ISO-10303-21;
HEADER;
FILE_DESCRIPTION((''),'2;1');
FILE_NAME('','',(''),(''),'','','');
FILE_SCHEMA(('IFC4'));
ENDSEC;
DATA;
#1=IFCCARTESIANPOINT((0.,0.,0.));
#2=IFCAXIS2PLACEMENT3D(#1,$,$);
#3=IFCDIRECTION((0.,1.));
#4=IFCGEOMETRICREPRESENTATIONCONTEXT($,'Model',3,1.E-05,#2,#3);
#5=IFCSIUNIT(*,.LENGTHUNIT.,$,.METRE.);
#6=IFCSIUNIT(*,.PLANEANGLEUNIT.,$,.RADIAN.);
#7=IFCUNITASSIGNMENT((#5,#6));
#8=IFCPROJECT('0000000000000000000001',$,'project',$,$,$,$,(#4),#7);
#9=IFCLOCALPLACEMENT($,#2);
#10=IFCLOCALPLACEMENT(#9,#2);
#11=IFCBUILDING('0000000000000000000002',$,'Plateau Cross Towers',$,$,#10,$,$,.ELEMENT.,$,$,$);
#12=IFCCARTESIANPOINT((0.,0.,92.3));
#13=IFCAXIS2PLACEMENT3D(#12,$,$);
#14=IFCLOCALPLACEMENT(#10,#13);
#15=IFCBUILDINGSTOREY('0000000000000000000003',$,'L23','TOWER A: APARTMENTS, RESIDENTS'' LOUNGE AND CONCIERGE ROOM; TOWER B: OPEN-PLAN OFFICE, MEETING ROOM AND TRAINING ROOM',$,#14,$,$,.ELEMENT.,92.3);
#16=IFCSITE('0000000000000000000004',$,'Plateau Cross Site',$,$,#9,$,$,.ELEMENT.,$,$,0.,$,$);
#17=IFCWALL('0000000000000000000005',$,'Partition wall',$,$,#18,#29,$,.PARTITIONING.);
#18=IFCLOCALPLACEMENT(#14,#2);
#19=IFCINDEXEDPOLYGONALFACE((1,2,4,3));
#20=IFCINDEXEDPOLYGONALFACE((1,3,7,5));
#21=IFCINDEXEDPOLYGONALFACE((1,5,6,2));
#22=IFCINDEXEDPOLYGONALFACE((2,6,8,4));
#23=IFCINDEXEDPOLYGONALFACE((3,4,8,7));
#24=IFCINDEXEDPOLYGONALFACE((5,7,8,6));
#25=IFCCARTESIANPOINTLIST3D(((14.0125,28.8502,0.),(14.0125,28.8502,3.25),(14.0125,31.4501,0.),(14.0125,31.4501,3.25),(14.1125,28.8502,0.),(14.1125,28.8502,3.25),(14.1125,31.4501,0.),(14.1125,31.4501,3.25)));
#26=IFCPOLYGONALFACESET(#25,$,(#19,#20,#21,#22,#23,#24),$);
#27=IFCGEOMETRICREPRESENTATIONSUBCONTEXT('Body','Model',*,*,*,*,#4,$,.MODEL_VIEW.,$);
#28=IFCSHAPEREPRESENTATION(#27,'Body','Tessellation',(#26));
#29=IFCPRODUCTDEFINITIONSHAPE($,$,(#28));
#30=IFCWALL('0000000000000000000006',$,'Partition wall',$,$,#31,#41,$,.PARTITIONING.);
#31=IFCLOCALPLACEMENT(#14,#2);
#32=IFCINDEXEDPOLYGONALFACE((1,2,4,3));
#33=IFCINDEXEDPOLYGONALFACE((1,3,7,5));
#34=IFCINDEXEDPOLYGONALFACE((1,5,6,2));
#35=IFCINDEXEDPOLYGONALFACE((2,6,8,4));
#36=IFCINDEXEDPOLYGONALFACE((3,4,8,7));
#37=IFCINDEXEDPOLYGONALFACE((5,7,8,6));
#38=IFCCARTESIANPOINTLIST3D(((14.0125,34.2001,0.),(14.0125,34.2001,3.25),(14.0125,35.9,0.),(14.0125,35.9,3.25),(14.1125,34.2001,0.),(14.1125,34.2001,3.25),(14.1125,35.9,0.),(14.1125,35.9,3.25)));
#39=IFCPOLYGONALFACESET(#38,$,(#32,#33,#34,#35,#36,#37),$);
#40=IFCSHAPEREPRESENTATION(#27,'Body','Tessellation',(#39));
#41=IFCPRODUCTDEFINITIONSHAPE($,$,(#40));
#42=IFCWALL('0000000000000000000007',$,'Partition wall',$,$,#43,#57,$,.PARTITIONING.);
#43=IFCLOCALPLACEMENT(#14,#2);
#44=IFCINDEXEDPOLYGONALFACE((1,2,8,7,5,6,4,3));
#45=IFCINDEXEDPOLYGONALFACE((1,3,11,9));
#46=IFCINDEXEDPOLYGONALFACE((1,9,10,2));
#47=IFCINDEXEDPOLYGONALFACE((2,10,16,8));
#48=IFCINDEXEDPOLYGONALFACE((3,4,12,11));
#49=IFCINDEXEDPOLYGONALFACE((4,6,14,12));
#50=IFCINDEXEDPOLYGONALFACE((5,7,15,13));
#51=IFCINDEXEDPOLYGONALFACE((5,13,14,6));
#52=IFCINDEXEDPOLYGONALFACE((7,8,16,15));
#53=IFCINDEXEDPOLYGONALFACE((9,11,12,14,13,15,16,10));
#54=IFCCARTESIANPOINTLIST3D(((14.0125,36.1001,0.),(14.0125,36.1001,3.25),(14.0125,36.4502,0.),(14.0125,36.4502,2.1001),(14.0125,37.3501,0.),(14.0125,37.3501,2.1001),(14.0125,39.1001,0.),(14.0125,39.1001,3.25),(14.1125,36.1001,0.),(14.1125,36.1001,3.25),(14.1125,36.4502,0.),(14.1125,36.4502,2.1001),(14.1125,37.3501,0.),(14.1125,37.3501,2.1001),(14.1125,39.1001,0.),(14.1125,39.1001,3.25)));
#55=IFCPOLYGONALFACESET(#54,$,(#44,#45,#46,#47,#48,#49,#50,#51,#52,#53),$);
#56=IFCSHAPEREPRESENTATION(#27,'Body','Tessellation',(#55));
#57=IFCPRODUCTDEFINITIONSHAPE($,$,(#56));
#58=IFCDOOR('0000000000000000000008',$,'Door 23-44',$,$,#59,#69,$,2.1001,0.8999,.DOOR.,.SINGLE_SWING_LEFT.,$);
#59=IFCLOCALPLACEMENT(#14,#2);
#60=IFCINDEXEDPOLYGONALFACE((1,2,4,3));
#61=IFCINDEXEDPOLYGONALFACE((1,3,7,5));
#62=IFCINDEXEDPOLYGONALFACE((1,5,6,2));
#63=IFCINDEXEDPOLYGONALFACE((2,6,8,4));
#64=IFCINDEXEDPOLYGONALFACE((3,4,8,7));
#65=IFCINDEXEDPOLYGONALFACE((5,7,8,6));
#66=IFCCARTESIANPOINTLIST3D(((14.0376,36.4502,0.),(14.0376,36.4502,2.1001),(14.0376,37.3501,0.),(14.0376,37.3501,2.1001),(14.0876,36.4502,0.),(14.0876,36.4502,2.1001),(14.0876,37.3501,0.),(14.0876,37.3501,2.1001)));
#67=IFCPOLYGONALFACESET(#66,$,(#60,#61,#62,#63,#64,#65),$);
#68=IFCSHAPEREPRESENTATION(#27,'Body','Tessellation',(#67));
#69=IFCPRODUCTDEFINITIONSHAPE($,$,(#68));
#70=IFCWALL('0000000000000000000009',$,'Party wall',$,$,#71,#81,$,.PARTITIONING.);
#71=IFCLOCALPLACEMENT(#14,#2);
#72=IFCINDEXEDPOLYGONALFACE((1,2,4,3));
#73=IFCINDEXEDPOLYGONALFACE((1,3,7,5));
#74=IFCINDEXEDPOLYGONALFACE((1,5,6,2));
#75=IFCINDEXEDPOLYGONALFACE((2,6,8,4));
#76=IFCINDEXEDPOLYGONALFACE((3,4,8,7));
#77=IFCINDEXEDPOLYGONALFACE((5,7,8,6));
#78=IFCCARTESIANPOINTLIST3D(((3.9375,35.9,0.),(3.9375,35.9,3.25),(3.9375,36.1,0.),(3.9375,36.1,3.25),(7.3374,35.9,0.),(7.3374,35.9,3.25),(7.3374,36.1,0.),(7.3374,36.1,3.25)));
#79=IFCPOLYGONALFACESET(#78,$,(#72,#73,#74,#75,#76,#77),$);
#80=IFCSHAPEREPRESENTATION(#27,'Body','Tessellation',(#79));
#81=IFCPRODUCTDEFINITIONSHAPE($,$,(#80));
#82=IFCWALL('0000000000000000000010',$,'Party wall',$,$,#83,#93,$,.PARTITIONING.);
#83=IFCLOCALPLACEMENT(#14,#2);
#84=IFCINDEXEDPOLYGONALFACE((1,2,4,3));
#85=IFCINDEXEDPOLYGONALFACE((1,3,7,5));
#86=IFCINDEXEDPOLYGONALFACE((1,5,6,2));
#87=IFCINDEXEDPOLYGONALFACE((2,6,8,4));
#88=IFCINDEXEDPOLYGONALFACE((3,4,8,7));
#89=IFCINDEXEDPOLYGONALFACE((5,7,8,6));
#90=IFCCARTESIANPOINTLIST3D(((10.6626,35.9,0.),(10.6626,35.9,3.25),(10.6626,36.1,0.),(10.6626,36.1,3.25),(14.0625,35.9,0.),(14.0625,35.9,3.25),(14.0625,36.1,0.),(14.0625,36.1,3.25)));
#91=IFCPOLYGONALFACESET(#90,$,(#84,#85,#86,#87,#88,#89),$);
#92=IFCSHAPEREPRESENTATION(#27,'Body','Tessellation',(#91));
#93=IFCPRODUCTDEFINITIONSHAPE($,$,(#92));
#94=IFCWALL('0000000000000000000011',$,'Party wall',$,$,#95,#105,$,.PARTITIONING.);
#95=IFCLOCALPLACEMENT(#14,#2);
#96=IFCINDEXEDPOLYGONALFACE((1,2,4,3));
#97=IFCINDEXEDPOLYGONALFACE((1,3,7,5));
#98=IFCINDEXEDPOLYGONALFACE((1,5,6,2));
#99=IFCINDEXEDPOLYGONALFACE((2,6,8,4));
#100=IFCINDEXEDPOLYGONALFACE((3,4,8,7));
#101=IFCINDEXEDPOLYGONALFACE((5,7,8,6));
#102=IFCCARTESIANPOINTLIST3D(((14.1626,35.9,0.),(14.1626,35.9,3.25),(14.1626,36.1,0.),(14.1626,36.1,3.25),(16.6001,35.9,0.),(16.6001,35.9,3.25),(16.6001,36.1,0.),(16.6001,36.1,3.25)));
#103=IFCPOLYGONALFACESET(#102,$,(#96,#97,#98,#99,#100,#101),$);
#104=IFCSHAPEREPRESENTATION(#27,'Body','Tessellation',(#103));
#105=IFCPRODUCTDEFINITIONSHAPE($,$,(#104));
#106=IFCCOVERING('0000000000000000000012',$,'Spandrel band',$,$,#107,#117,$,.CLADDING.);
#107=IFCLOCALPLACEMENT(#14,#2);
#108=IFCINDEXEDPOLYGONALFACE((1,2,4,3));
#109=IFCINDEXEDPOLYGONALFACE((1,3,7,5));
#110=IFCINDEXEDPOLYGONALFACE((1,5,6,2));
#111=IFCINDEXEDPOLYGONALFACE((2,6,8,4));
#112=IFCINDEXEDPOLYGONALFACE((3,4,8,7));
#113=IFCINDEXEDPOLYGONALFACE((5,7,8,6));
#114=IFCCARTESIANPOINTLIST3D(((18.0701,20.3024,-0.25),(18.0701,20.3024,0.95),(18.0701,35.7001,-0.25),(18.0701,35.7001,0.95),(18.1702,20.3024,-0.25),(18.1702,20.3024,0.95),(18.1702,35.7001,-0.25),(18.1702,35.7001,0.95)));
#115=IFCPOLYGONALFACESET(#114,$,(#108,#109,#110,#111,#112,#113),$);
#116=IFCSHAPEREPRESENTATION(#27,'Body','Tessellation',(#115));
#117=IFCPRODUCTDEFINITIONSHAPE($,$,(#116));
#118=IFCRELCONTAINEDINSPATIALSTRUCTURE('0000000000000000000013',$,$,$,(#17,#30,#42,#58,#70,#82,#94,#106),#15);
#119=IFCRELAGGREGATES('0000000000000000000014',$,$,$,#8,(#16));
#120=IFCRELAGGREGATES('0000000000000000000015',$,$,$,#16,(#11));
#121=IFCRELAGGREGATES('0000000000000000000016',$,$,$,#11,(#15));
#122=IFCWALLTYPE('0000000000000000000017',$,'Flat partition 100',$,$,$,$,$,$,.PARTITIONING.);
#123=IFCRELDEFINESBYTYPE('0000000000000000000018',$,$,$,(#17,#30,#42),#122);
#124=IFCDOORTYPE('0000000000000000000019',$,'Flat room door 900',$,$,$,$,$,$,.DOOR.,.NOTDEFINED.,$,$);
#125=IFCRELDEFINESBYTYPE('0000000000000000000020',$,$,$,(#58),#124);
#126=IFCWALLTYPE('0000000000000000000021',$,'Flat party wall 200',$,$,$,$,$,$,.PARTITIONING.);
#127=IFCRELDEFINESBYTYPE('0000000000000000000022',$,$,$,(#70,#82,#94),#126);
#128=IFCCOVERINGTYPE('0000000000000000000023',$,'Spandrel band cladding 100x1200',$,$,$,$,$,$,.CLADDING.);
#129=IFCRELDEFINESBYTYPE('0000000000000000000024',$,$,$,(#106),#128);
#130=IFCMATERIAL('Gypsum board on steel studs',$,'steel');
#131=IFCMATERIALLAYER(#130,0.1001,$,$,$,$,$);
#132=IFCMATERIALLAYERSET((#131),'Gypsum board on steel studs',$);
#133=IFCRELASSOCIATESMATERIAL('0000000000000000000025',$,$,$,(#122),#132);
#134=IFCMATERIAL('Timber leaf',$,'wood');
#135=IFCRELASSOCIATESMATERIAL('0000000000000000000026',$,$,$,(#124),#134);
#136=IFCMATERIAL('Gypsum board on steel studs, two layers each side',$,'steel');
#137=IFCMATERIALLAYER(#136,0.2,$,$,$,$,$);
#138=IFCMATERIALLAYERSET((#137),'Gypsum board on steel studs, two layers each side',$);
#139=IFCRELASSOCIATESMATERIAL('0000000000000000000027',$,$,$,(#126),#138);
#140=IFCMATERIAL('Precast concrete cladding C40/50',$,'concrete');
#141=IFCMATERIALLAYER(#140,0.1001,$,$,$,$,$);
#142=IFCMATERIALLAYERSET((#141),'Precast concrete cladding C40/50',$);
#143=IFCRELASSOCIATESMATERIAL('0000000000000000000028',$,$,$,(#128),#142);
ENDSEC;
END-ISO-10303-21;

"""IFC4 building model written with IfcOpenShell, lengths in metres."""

from ifc_helpers import new_model, si_unit, direction, frame, frame_2d, origin, origin_2d, place, context, subcontext, project, spatial, rectangle, extrude, material, layer, layer_set, type_object, element, fill, save


model = new_model("IFC4")

# Units and contexts
model_context = context("Model", 3, precision=1e-05, world=origin(), true_north=direction((0.0, 1.0)))
body_context = subcontext(model_context, "Body", "Model", "MODEL_VIEW")
ifc_project = project(units=[si_unit("LENGTHUNIT", "METRE"), si_unit("PLANEANGLEUNIT", "RADIAN")], contexts=[model_context])

# Site, building, storey
site_placement = place(None, origin())
site = spatial("IfcSite", under=ifc_project, at=site_placement, Name="Plateau Cross Site", CompositionType="ELEMENT", RefElevation=0.0)
building_placement = place(site_placement, origin())
building = spatial("IfcBuilding", under=site, at=building_placement, Name="Plateau Cross Towers", CompositionType="ELEMENT")
storey_placement = place(building_placement, frame((0.0, 0.0, 92.3)))
storey = spatial("IfcBuildingStorey", under=building, at=storey_placement, Name="L23", Description="TOWER A: APARTMENTS, RESIDENTS' LOUNGE AND CONCIERGE ROOM; TOWER B: OPEN-PLAN OFFICE, MEETING ROOM AND TRAINING ROOM", CompositionType="ELEMENT", Elevation=92.3)

# Shared definitions
ifc_material_1 = material(Name="Gypsum board on steel studs", Category="steel")
ifc_layer_1 = layer(ifc_material_1, 0.1001)
ifc_layer_set_1 = layer_set([ifc_layer_1], Name="Gypsum board on steel studs")
wall_type_1 = type_object("IfcWallType", Name="Flat partition 100", PredefinedType="PARTITIONING", material=ifc_layer_set_1)
ifc_material_2 = material(Name="Timber leaf", Category="wood")
door_type_1 = type_object("IfcDoorType", Name="Flat room door 900", OperationType="NOTDEFINED", PredefinedType="DOOR", material=ifc_material_2)

# Walls
wall_1_placement = place(storey_placement, frame((14.0625, 31.45, 0.0), z_axis=(0.0, 0.0, 1.0), x_axis=(0.0, -1.0, 0.0)))
element("IfcWall", 1, at=wall_1_placement, inside=storey, type_object=wall_type_1, Name="Partition wall", PredefinedType="PARTITIONING", context=body_context, shape_type="SweptSolid", body=[
    extrude(rectangle(XDim=2.5999, YDim=0.1001, at=frame_2d((1.2998, 0.0))), origin(), (0.0, 0.0, 1.0), 3.25),
])
wall_2_placement = place(storey_placement, frame((14.0625, 34.2, 0.0), z_axis=(0.0, 0.0, 1.0), x_axis=(0.0, 1.0, 0.0)))
element("IfcWall", 2, at=wall_2_placement, inside=storey, type_object=wall_type_1, Name="Partition wall", PredefinedType="PARTITIONING", context=body_context, shape_type="SweptSolid", body=[
    extrude(rectangle(XDim=1.7, YDim=0.1001, at=frame_2d((0.8501, 0.0))), origin(), (0.0, 0.0, 1.0), 3.25),
])

# Wall, opening, door
wall_3_placement = place(storey_placement, frame((14.0625, 36.1001, 0.0), z_axis=(0.0, 0.0, 1.0), x_axis=(0.0, 1.0, 0.0)))
wall_3 = element("IfcWall", 3, at=wall_3_placement, inside=storey, type_object=wall_type_1, Name="Partition wall", PredefinedType="PARTITIONING", context=body_context, shape_type="SweptSolid", body=[
    extrude(rectangle(XDim=3.0, YDim=0.1001, at=frame_2d((1.5, 0.0))), origin(), (0.0, 0.0, 1.0), 3.25),
])
opening_1_placement = place(wall_3_placement, frame((0.3501, 0.0, 0.0)))
opening_1 = element("IfcOpeningElement", 4, at=opening_1_placement, cuts=wall_3, PredefinedType="OPENING", context=body_context, shape_type="SweptSolid", body=[
    extrude(rectangle(XDim=0.8999, YDim=2.1001, at=frame_2d((0.45, 1.05))), frame((0.0, 0.0601, 0.0), z_axis=(0.0, -1.0, 0.0), x_axis=(1.0, 0.0, 0.0)), (0.0, 0.0, 1.0), 0.1201),
])
door_1_placement = place(opening_1_placement, origin())
door_1 = element("IfcDoor", 5, at=door_1_placement, inside=storey, type_object=door_type_1, Name="Door 23-44", OperationType="SINGLE_SWING_LEFT", OverallHeight=2.1001, OverallWidth=0.8999, PredefinedType="DOOR", context=body_context, shape_type="SweptSolid", body=[
    extrude(rectangle(XDim=0.8999, YDim=2.1001, at=frame_2d((0.45, 1.05))), frame((0.0, 0.0249, 0.0), z_axis=(0.0, -1.0, 0.0), x_axis=(1.0, 0.0, 0.0)), (0.0, 0.0, 1.0), 0.05),
])
fill(opening_1, door_1)

# Walls
ifc_material_3 = material(Name="Gypsum board on steel studs, two layers each side", Category="steel")
ifc_layer_2 = layer(ifc_material_3, 0.2)
ifc_layer_set_2 = layer_set([ifc_layer_2], Name="Gypsum board on steel studs, two layers each side")
wall_type_2 = type_object("IfcWallType", Name="Flat party wall 200", PredefinedType="PARTITIONING", material=ifc_layer_set_2)
for number, where, z_axis, x_axis, name in (
    (6, (7.3374, 36.0, 0.0), (0.0, 0.0, 1.0), (-1.0, 0.0, 0.0), "Party wall"),
    (7, (14.0625, 36.0, 0.0), (0.0, 0.0, 1.0), (-1.0, 0.0, 0.0), "Party wall"),
):
    element("IfcWall", number, at=place(storey_placement, frame(where, z_axis=z_axis, x_axis=x_axis)), inside=storey, type_object=wall_type_2, Name=name, PredefinedType="PARTITIONING", context=body_context, shape_type="SweptSolid", body=[
        extrude(rectangle(XDim=3.3999, YDim=0.2, at=frame_2d((1.7, 0.0))), origin(), (0.0, 0.0, 1.0), 3.25),
    ])
wall_4_placement = place(storey_placement, frame((14.1626, 36.0, 0.0), z_axis=(0.0, 0.0, 1.0), x_axis=(1.0, 0.0, 0.0)))
element("IfcWall", 8, at=wall_4_placement, inside=storey, type_object=wall_type_2, Name="Party wall", PredefinedType="PARTITIONING", context=body_context, shape_type="SweptSolid", body=[
    extrude(rectangle(XDim=2.4375, YDim=0.2, at=frame_2d((1.2188, 0.0))), origin(), (0.0, 0.0, 1.0), 3.25),
])

# Covering
ifc_material_4 = material(Name="Precast concrete cladding C40/50", Category="concrete")
ifc_layer_3 = layer(ifc_material_4, 0.1001)
ifc_layer_set_3 = layer_set([ifc_layer_3], Name="Precast concrete cladding C40/50")
covering_type = type_object("IfcCoveringType", Name="Spandrel band cladding 100x1200", PredefinedType="CLADDING", material=ifc_layer_set_3)
covering_placement = place(storey_placement, frame((18.1201, 28.0012, -0.25), z_axis=(0.0, 0.0, 1.0), x_axis=(0.0, 1.0, 0.0)))
element("IfcCovering", 9, at=covering_placement, inside=storey, type_object=covering_type, Name="Spandrel band", PredefinedType="CLADDING", context=body_context, shape_type="SweptSolid", body=[
    extrude(rectangle(XDim=15.3977, YDim=0.1001, at=origin_2d()), origin(), (0.0, 0.0, 1.0), 1.2),
])

save(model, "model.ifc")
